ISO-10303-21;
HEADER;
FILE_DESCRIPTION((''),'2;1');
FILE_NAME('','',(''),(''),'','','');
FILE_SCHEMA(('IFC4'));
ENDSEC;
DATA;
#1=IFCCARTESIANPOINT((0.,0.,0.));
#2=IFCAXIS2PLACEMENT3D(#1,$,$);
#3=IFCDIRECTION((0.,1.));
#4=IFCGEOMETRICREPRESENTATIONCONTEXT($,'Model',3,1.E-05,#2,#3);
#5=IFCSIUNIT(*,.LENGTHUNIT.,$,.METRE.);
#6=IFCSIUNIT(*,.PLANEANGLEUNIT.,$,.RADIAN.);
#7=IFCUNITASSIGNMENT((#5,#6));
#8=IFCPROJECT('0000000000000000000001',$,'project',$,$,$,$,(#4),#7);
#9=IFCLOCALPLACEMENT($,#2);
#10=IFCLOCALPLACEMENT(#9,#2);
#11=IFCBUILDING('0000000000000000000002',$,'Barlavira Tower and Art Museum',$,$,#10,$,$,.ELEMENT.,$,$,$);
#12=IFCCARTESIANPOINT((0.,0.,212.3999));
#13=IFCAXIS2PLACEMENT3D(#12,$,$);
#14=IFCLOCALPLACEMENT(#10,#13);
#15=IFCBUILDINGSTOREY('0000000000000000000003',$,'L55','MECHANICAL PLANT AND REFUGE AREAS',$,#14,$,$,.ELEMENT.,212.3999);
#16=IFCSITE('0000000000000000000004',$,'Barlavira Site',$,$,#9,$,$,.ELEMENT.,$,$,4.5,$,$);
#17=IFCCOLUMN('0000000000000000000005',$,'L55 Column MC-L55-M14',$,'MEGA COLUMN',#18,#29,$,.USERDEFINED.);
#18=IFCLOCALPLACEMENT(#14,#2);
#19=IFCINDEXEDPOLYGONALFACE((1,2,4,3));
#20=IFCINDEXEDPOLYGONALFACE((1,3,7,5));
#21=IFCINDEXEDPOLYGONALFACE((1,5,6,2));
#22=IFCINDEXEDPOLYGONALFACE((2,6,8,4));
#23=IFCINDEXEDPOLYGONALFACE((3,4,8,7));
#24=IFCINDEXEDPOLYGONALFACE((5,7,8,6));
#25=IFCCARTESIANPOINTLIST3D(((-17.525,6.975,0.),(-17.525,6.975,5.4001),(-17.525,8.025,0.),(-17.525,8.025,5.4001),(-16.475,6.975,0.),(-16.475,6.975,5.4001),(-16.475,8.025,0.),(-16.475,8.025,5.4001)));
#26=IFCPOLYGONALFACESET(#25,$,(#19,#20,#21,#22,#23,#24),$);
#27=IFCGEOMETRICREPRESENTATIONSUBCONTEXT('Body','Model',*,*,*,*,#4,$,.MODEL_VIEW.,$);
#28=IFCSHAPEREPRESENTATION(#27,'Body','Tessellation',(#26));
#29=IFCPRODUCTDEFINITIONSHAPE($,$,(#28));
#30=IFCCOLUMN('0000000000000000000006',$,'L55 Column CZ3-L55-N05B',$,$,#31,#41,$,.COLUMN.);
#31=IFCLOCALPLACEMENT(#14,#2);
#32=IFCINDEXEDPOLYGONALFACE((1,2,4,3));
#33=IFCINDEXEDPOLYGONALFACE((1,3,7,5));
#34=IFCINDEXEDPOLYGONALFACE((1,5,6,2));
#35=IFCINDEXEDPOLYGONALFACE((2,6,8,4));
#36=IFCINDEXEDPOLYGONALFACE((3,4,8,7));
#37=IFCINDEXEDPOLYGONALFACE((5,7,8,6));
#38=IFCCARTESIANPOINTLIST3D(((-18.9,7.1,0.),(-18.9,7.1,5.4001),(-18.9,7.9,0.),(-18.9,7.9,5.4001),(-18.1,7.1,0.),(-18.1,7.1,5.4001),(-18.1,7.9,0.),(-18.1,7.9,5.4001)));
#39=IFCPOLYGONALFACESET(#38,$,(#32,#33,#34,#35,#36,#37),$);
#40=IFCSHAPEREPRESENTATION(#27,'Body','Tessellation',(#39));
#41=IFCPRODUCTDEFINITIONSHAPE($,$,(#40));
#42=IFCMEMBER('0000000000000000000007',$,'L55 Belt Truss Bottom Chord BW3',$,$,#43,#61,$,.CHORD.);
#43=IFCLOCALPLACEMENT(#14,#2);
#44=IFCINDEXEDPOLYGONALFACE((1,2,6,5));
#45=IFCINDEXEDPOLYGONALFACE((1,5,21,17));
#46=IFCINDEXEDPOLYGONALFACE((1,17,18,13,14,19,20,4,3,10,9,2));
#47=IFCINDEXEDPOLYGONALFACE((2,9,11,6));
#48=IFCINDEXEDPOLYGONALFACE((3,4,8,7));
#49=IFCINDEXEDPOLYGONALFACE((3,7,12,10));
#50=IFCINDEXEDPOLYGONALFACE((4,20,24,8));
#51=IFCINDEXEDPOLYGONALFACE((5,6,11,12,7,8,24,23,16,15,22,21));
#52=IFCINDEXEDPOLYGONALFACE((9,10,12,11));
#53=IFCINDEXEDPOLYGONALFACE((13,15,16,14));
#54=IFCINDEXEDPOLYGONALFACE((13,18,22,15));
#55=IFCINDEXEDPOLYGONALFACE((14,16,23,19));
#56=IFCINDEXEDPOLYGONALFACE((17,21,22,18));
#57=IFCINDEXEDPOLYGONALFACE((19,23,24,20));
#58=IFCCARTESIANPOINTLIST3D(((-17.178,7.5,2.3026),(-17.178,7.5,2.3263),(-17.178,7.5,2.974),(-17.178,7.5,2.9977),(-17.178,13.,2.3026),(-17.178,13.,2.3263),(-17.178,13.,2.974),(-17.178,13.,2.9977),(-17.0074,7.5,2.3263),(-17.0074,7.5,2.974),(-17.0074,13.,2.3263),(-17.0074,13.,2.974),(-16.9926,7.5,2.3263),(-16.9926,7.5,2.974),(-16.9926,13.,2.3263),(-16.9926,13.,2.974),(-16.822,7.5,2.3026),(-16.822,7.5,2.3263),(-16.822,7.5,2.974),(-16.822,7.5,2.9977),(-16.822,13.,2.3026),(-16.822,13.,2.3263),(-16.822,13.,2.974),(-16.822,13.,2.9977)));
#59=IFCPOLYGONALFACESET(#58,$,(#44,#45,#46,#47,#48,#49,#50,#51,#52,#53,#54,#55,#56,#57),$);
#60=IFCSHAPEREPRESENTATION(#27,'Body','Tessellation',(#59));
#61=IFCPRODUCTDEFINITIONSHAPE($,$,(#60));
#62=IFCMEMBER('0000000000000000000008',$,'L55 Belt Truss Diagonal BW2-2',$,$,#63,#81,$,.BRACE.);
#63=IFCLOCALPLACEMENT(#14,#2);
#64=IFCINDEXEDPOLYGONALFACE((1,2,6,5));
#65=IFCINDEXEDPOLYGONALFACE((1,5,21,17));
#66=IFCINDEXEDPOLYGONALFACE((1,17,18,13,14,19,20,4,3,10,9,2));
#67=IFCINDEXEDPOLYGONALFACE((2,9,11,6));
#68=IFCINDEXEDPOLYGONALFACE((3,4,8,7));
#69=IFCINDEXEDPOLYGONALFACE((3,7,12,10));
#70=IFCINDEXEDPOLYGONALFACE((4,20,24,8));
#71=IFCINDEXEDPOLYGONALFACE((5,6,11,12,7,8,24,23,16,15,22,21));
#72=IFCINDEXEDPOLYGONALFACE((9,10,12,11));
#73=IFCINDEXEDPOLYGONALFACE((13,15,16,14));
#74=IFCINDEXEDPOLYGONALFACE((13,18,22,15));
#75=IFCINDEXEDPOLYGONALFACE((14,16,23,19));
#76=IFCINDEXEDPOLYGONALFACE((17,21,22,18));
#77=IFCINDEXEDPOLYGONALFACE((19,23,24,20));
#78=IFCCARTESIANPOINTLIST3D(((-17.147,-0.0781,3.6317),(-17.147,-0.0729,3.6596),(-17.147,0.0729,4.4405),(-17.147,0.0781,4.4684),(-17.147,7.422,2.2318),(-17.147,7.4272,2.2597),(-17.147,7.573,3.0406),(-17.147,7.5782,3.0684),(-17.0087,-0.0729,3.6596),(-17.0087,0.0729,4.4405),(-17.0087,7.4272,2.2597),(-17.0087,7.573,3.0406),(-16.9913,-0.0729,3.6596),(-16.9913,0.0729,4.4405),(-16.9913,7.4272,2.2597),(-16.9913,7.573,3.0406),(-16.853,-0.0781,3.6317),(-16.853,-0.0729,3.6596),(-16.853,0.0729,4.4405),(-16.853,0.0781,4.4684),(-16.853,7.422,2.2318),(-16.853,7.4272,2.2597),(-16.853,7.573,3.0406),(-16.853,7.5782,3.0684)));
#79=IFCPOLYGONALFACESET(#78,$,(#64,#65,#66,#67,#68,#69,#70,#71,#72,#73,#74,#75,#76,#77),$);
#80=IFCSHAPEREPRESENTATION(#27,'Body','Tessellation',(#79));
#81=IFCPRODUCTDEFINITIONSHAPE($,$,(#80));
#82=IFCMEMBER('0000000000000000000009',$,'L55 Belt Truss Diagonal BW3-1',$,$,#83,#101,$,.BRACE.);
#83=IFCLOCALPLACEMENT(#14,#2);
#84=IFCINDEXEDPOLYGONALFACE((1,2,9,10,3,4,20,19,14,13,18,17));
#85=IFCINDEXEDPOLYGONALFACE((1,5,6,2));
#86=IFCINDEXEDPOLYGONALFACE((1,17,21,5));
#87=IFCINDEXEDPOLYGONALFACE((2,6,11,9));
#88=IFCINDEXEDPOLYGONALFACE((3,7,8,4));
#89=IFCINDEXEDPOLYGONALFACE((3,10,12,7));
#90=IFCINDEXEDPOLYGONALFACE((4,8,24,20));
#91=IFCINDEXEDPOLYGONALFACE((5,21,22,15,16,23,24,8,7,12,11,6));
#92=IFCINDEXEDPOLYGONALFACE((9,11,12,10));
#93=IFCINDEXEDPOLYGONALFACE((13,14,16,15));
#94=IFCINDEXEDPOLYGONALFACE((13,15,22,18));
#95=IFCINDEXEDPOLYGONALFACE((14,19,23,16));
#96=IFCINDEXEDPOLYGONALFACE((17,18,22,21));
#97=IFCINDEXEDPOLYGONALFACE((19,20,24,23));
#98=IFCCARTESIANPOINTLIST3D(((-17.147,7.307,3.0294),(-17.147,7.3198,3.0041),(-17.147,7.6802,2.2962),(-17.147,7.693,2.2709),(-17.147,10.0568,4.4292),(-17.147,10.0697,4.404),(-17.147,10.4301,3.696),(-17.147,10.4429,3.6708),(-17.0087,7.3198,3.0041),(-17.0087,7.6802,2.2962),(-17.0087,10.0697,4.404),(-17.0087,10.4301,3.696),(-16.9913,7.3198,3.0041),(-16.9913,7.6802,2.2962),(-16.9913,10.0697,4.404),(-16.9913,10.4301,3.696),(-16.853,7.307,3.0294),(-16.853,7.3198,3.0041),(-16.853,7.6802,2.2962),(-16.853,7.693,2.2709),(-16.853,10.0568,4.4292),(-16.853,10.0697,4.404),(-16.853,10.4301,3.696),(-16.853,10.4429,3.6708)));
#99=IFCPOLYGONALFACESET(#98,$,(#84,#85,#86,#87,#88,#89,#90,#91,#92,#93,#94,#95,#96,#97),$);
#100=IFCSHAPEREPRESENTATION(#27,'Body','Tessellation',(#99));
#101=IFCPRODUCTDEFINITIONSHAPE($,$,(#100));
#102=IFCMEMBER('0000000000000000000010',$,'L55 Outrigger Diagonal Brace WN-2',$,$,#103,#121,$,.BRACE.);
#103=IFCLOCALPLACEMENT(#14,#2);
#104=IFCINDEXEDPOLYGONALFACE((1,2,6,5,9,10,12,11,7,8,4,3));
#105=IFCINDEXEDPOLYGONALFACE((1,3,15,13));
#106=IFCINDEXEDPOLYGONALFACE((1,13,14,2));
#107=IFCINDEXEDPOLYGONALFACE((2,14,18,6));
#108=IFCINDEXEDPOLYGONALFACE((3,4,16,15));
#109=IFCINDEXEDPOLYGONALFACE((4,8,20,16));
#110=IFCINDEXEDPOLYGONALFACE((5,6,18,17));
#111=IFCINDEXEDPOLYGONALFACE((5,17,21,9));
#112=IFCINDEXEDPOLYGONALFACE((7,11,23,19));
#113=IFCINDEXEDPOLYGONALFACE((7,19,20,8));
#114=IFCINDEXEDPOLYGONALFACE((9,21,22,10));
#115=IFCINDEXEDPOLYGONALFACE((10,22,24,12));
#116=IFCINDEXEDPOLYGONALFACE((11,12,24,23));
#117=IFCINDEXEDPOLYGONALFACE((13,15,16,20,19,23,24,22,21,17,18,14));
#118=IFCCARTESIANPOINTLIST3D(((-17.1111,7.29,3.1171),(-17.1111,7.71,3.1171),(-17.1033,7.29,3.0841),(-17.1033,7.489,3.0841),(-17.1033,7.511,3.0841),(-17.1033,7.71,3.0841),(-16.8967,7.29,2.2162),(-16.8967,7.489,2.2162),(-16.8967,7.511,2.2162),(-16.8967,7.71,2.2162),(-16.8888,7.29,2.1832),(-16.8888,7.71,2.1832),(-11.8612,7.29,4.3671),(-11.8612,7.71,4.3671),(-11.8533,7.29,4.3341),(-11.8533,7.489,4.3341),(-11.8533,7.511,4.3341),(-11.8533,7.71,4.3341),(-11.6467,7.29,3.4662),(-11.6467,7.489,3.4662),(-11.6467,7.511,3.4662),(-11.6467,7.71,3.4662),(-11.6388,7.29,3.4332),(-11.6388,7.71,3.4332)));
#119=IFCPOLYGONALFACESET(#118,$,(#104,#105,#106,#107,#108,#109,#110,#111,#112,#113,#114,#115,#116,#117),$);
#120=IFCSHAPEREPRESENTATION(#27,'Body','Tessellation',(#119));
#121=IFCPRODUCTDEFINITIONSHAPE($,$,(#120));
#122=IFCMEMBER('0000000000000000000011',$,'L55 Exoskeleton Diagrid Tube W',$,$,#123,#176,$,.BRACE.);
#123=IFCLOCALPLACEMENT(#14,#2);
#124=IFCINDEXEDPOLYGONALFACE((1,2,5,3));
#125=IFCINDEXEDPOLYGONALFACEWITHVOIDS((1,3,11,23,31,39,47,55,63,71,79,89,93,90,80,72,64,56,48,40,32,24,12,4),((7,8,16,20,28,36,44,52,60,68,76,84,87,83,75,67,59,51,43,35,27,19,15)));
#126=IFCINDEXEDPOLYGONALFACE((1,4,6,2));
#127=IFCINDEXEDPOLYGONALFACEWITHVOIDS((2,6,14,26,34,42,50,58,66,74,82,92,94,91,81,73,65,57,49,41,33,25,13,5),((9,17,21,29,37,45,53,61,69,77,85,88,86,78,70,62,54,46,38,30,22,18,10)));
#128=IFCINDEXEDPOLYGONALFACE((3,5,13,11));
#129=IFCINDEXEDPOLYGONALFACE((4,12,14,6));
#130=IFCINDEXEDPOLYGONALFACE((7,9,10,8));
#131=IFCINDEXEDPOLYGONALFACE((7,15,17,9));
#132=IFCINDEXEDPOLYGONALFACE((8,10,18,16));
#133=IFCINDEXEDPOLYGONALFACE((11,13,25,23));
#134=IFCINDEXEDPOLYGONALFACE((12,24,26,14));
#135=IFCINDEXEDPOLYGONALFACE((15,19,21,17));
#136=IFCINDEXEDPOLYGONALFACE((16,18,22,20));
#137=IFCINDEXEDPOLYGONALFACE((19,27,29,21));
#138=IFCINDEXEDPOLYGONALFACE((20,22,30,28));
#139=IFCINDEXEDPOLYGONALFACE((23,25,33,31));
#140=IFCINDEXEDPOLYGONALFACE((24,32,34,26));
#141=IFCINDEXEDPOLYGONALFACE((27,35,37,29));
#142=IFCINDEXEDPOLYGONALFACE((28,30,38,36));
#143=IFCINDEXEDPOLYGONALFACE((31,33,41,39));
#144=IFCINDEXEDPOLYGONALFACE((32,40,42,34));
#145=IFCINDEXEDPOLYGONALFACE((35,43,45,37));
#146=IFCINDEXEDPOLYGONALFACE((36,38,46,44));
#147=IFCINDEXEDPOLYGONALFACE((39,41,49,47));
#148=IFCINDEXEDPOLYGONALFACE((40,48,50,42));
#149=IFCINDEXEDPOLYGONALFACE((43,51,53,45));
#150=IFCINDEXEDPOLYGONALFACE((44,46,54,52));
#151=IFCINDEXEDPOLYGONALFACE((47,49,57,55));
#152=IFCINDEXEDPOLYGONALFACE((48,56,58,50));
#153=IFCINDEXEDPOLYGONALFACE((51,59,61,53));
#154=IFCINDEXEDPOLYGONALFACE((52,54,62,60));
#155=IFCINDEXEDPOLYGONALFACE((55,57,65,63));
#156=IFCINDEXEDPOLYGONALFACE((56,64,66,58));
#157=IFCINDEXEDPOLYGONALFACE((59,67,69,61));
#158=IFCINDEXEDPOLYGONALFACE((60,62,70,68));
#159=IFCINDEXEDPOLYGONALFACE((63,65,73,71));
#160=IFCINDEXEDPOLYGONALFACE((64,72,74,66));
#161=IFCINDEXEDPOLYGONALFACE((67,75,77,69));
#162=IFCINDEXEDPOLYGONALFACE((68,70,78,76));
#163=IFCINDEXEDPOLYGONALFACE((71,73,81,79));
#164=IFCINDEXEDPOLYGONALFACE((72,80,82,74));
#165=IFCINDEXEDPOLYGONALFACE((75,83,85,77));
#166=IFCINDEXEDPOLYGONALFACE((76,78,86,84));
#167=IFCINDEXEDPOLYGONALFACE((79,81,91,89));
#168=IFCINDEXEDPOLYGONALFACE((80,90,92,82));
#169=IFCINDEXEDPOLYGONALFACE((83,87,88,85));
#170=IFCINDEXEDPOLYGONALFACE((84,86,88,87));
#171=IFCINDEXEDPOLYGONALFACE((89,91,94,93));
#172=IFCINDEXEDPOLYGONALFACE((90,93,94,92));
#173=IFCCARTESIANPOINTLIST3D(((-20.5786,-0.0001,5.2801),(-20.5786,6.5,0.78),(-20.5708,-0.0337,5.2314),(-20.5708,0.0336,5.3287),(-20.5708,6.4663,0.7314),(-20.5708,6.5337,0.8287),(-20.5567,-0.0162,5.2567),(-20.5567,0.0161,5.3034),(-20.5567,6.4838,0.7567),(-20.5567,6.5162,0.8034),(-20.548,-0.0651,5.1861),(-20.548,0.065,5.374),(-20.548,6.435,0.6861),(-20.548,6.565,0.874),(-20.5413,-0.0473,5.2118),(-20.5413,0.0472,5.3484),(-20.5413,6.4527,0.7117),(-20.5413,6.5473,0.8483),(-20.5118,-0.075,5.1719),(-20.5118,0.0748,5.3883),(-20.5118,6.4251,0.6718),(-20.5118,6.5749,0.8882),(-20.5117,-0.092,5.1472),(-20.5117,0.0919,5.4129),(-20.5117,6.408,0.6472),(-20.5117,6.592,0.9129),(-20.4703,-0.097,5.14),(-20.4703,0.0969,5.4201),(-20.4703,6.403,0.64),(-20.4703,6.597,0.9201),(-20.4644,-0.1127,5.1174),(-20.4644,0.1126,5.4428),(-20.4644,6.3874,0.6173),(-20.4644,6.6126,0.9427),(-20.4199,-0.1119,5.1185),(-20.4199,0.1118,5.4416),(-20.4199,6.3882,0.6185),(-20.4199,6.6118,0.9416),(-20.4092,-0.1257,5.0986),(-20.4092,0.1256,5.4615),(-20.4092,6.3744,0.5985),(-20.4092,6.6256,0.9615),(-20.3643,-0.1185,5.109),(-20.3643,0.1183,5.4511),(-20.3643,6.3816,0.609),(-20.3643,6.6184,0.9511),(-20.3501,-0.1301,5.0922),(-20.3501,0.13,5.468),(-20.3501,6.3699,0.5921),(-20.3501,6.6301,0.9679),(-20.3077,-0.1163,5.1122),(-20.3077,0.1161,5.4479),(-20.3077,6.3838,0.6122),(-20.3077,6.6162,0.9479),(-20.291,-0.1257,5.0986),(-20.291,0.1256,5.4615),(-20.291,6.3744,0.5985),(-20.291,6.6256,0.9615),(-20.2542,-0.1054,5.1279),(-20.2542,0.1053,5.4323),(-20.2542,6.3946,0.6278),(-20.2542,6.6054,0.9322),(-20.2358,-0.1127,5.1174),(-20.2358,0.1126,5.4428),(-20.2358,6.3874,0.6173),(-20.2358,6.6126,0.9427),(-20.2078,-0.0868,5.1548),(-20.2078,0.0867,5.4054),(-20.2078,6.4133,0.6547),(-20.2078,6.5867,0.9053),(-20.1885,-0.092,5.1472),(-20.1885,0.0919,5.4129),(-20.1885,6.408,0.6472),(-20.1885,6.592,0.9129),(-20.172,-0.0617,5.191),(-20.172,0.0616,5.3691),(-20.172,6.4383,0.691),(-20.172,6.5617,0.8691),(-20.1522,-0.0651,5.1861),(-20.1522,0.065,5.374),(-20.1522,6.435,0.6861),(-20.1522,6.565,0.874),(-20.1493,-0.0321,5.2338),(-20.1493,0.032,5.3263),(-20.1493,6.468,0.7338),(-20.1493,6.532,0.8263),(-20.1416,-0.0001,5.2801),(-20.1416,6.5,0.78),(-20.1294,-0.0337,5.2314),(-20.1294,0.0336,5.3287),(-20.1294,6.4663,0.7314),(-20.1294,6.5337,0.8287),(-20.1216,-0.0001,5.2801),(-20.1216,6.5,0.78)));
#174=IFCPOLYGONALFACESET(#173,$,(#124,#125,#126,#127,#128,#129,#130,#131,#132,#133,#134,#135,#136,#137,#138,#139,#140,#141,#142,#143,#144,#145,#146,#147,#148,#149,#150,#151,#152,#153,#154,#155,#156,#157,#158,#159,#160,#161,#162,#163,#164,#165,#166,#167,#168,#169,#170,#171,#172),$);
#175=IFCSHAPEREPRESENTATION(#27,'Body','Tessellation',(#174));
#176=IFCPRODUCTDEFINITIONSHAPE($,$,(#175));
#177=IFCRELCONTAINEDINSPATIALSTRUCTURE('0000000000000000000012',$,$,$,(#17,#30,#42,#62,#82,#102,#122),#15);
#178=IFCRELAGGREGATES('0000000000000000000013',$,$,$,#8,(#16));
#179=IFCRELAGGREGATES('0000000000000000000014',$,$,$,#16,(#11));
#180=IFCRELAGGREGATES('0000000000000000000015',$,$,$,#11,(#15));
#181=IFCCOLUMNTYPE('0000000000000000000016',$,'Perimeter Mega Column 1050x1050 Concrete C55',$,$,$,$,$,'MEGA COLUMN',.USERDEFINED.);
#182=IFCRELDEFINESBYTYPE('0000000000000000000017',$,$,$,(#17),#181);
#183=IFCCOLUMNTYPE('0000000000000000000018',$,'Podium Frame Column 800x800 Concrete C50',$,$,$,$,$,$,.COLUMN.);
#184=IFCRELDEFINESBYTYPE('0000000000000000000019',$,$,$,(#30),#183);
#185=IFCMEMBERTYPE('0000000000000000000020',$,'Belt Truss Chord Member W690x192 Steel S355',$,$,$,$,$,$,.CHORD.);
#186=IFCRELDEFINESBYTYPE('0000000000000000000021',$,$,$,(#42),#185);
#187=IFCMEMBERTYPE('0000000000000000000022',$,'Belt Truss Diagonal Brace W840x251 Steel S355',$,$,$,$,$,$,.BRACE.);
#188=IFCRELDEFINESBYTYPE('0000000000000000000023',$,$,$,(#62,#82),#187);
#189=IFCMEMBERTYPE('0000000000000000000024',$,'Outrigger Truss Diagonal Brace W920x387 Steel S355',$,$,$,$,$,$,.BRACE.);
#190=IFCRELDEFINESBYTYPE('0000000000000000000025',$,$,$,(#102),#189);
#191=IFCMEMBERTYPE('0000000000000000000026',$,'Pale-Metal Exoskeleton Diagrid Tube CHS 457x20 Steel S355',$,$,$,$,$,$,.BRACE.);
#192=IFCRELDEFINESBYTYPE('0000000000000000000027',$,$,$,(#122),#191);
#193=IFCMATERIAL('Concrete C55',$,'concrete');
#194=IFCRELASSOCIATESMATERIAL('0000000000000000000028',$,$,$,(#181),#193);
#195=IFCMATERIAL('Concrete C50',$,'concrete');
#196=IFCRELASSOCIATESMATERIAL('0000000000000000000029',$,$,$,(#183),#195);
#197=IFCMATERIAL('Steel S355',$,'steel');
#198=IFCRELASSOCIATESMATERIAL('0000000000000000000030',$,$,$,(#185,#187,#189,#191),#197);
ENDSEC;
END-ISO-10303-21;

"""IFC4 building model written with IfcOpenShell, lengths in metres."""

from ifc_helpers import new_model, si_unit, direction, frame, origin, origin_2d, place, context, subcontext, project, spatial, rectangle, hollow_circle, i_section, extrude, material, material_profile, profile_set, type_object, element, save


model = new_model("IFC4")

# Units and contexts
model_context = context("Model", 3, precision=1e-05, world=origin(), true_north=direction((0.0, 1.0)))
body_context = subcontext(model_context, "Body", "Model", "MODEL_VIEW")
ifc_project = project(units=[si_unit("LENGTHUNIT", "METRE"), si_unit("PLANEANGLEUNIT", "RADIAN")], contexts=[model_context])

# Site, building, storey
site_placement = place(None, origin())
site = spatial("IfcSite", under=ifc_project, at=site_placement, Name="Barlavira Site", CompositionType="ELEMENT", RefElevation=4.5)
building_placement = place(site_placement, origin())
building = spatial("IfcBuilding", under=site, at=building_placement, Name="Barlavira Tower and Art Museum", CompositionType="ELEMENT")
storey_placement = place(building_placement, frame((0.0, 0.0, 212.3999)))
storey = spatial("IfcBuildingStorey", under=building, at=storey_placement, Name="L55", Description="MECHANICAL PLANT AND REFUGE AREAS", CompositionType="ELEMENT", Elevation=212.3999)

# Columns
ifc_material_1 = material(Name="Concrete C55", Category="concrete")
ifc_material_profile_1 = material_profile(ifc_material_1, rectangle(XDim=1.05, YDim=1.05, at=origin_2d()), Name="RC-COL 1050x1050")
ifc_profile_set_1 = profile_set([ifc_material_profile_1], Name="Concrete C55")
column_type_1 = type_object("IfcColumnType", Name="Perimeter Mega Column 1050x1050 Concrete C55", ElementType="MEGA COLUMN", PredefinedType="USERDEFINED", material=ifc_profile_set_1)
column_1_placement = place(storey_placement, frame((-17.0, 7.5, 0.0), z_axis=(0.0, 0.0, 1.0), x_axis=(1.0, 0.0, 0.0)))
element("IfcColumn", 1, at=column_1_placement, inside=storey, type_object=column_type_1, Name="L55 Column MC-L55-M14", ObjectType="MEGA COLUMN", PredefinedType="USERDEFINED", context=body_context, shape_type="SweptSolid", body=[
    extrude(rectangle(XDim=1.05, YDim=1.05, at=origin_2d()), origin(), (0.0, 0.0, 1.0), 5.4001),
])
ifc_material_2 = material(Name="Concrete C50", Category="concrete")
ifc_material_profile_2 = material_profile(ifc_material_2, rectangle(XDim=0.8, YDim=0.8, at=origin_2d()), Name="RC-COL 800x800")
ifc_profile_set_2 = profile_set([ifc_material_profile_2], Name="Concrete C50")
column_type_2 = type_object("IfcColumnType", Name="Podium Frame Column 800x800 Concrete C50", PredefinedType="COLUMN", material=ifc_profile_set_2)
column_2_placement = place(storey_placement, frame((-18.5, 7.5, 0.0), z_axis=(0.0, 0.0, 1.0), x_axis=(1.0, 0.0, 0.0)))
element("IfcColumn", 2, at=column_2_placement, inside=storey, type_object=column_type_2, Name="L55 Column CZ3-L55-N05B", PredefinedType="COLUMN", context=body_context, shape_type="SweptSolid", body=[
    extrude(rectangle(XDim=0.8, YDim=0.8, at=origin_2d()), origin(), (0.0, 0.0, 1.0), 5.4001),
])

# Members
ifc_material_3 = material(Name="Steel S355", Category="steel")
ifc_material_profile_3 = material_profile(ifc_material_3, i_section(OverallWidth=0.356, OverallDepth=0.6951, WebThickness=0.0149, FlangeThickness=0.0237, at=origin_2d()), Name="W690x192.0")
ifc_profile_set_3 = profile_set([ifc_material_profile_3], Name="Steel S355")
member_type_1 = type_object("IfcMemberType", Name="Belt Truss Chord Member W690x192 Steel S355", PredefinedType="CHORD", material=ifc_profile_set_3)
member_1_placement = place(storey_placement, frame((-17.0, 7.5, 2.6501), z_axis=(0.0, 1.0, 0.0), x_axis=(-1.0, 0.0, 0.0)))
element("IfcMember", 3, at=member_1_placement, inside=storey, type_object=member_type_1, Name="L55 Belt Truss Bottom Chord BW3", PredefinedType="CHORD", context=body_context, shape_type="SweptSolid", body=[
    extrude(i_section(OverallWidth=0.356, OverallDepth=0.6951, WebThickness=0.0149, FlangeThickness=0.0237, at=origin_2d()), origin(), (0.0, 0.0, 1.0), 5.5),
])
ifc_material_profile_4 = material_profile(ifc_material_3, i_section(OverallWidth=0.2939, OverallDepth=0.8511, WebThickness=0.0173, FlangeThickness=0.0283, at=origin_2d()), Name="W840x251.0")
ifc_profile_set_4 = profile_set([ifc_material_profile_4], Name="Steel S355")
member_type_2 = type_object("IfcMemberType", Name="Belt Truss Diagonal Brace W840x251 Steel S355", PredefinedType="BRACE", material=ifc_profile_set_4)
member_2_placement = place(storey_placement, frame((-17.0, 0.0, 4.05), z_axis=(0.0, 0.983023, -0.183485), x_axis=(-1.0, 0.0, 0.0)))
element("IfcMember", 4, at=member_2_placement, inside=storey, type_object=member_type_2, Name="L55 Belt Truss Diagonal BW2-2", PredefinedType="BRACE", context=body_context, shape_type="SweptSolid", body=[
    extrude(i_section(OverallWidth=0.2939, OverallDepth=0.8511, WebThickness=0.0173, FlangeThickness=0.0283, at=origin_2d()), origin(), (0.0, 0.0, 1.0), 7.6296),
])
member_3_placement = place(storey_placement, frame((-17.0, 7.5, 2.6501), z_axis=(0.0, 0.891176, 0.453658), x_axis=(-1.0, 0.0, 0.0)))
element("IfcMember", 5, at=member_3_placement, inside=storey, type_object=member_type_2, Name="L55 Belt Truss Diagonal BW3-1", PredefinedType="BRACE", context=body_context, shape_type="SweptSolid", body=[
    extrude(i_section(OverallWidth=0.2939, OverallDepth=0.8511, WebThickness=0.0173, FlangeThickness=0.0283, at=origin_2d()), origin(), (0.0, 0.0, 1.0), 3.0857),
])
ifc_material_profile_5 = material_profile(ifc_material_3, i_section(OverallWidth=0.4199, OverallDepth=0.96, WebThickness=0.022, FlangeThickness=0.0339, at=origin_2d()), Name="W920x387.0")
ifc_profile_set_5 = profile_set([ifc_material_profile_5], Name="Steel S355")
member_type_3 = type_object("IfcMemberType", Name="Outrigger Truss Diagonal Brace W920x387 Steel S355", PredefinedType="BRACE", material=ifc_profile_set_5)
member_4_placement = place(storey_placement, frame((-11.75, 7.5, 3.9001), z_axis=(-0.972806, 0.0, -0.231621), x_axis=(0.0, -1.0, 0.0)))
element("IfcMember", 6, at=member_4_placement, inside=storey, type_object=member_type_3, Name="L55 Outrigger Diagonal Brace WN-2", PredefinedType="BRACE", context=body_context, shape_type="SweptSolid", body=[
    extrude(i_section(OverallWidth=0.4199, OverallDepth=0.96, WebThickness=0.022, FlangeThickness=0.0339, at=origin_2d()), origin(), (0.0, 0.0, 1.0), 5.3967),
])
ifc_material_profile_6 = material_profile(ifc_material_3, hollow_circle(Radius=0.2285, WallThickness=0.02, at=origin_2d()), Name="CHS 457.0x20.0")
ifc_profile_set_6 = profile_set([ifc_material_profile_6], Name="Steel S355")
member_type_4 = type_object("IfcMemberType", Name="Pale-Metal Exoskeleton Diagrid Tube CHS 457x20 Steel S355", PredefinedType="BRACE", material=ifc_profile_set_6)
for number, where, z_axis, x_axis, name in (
    (7, (-20.3501, 6.5, 0.78), (0.0, -0.822192, 0.56921), (1.0, 0.0, 0.0), "L55 Exoskeleton Diagrid Tube W"),
):
    element("IfcMember", number, at=place(storey_placement, frame(where, z_axis=z_axis, x_axis=x_axis)), inside=storey, type_object=member_type_4, Name=name, PredefinedType="BRACE", context=body_context, shape_type="SweptSolid", body=[
        extrude(hollow_circle(Radius=0.2285, WallThickness=0.02, at=origin_2d()), origin(), (0.0, 0.0, 1.0), 7.9058),
    ])

save(model, "model.ifc")
